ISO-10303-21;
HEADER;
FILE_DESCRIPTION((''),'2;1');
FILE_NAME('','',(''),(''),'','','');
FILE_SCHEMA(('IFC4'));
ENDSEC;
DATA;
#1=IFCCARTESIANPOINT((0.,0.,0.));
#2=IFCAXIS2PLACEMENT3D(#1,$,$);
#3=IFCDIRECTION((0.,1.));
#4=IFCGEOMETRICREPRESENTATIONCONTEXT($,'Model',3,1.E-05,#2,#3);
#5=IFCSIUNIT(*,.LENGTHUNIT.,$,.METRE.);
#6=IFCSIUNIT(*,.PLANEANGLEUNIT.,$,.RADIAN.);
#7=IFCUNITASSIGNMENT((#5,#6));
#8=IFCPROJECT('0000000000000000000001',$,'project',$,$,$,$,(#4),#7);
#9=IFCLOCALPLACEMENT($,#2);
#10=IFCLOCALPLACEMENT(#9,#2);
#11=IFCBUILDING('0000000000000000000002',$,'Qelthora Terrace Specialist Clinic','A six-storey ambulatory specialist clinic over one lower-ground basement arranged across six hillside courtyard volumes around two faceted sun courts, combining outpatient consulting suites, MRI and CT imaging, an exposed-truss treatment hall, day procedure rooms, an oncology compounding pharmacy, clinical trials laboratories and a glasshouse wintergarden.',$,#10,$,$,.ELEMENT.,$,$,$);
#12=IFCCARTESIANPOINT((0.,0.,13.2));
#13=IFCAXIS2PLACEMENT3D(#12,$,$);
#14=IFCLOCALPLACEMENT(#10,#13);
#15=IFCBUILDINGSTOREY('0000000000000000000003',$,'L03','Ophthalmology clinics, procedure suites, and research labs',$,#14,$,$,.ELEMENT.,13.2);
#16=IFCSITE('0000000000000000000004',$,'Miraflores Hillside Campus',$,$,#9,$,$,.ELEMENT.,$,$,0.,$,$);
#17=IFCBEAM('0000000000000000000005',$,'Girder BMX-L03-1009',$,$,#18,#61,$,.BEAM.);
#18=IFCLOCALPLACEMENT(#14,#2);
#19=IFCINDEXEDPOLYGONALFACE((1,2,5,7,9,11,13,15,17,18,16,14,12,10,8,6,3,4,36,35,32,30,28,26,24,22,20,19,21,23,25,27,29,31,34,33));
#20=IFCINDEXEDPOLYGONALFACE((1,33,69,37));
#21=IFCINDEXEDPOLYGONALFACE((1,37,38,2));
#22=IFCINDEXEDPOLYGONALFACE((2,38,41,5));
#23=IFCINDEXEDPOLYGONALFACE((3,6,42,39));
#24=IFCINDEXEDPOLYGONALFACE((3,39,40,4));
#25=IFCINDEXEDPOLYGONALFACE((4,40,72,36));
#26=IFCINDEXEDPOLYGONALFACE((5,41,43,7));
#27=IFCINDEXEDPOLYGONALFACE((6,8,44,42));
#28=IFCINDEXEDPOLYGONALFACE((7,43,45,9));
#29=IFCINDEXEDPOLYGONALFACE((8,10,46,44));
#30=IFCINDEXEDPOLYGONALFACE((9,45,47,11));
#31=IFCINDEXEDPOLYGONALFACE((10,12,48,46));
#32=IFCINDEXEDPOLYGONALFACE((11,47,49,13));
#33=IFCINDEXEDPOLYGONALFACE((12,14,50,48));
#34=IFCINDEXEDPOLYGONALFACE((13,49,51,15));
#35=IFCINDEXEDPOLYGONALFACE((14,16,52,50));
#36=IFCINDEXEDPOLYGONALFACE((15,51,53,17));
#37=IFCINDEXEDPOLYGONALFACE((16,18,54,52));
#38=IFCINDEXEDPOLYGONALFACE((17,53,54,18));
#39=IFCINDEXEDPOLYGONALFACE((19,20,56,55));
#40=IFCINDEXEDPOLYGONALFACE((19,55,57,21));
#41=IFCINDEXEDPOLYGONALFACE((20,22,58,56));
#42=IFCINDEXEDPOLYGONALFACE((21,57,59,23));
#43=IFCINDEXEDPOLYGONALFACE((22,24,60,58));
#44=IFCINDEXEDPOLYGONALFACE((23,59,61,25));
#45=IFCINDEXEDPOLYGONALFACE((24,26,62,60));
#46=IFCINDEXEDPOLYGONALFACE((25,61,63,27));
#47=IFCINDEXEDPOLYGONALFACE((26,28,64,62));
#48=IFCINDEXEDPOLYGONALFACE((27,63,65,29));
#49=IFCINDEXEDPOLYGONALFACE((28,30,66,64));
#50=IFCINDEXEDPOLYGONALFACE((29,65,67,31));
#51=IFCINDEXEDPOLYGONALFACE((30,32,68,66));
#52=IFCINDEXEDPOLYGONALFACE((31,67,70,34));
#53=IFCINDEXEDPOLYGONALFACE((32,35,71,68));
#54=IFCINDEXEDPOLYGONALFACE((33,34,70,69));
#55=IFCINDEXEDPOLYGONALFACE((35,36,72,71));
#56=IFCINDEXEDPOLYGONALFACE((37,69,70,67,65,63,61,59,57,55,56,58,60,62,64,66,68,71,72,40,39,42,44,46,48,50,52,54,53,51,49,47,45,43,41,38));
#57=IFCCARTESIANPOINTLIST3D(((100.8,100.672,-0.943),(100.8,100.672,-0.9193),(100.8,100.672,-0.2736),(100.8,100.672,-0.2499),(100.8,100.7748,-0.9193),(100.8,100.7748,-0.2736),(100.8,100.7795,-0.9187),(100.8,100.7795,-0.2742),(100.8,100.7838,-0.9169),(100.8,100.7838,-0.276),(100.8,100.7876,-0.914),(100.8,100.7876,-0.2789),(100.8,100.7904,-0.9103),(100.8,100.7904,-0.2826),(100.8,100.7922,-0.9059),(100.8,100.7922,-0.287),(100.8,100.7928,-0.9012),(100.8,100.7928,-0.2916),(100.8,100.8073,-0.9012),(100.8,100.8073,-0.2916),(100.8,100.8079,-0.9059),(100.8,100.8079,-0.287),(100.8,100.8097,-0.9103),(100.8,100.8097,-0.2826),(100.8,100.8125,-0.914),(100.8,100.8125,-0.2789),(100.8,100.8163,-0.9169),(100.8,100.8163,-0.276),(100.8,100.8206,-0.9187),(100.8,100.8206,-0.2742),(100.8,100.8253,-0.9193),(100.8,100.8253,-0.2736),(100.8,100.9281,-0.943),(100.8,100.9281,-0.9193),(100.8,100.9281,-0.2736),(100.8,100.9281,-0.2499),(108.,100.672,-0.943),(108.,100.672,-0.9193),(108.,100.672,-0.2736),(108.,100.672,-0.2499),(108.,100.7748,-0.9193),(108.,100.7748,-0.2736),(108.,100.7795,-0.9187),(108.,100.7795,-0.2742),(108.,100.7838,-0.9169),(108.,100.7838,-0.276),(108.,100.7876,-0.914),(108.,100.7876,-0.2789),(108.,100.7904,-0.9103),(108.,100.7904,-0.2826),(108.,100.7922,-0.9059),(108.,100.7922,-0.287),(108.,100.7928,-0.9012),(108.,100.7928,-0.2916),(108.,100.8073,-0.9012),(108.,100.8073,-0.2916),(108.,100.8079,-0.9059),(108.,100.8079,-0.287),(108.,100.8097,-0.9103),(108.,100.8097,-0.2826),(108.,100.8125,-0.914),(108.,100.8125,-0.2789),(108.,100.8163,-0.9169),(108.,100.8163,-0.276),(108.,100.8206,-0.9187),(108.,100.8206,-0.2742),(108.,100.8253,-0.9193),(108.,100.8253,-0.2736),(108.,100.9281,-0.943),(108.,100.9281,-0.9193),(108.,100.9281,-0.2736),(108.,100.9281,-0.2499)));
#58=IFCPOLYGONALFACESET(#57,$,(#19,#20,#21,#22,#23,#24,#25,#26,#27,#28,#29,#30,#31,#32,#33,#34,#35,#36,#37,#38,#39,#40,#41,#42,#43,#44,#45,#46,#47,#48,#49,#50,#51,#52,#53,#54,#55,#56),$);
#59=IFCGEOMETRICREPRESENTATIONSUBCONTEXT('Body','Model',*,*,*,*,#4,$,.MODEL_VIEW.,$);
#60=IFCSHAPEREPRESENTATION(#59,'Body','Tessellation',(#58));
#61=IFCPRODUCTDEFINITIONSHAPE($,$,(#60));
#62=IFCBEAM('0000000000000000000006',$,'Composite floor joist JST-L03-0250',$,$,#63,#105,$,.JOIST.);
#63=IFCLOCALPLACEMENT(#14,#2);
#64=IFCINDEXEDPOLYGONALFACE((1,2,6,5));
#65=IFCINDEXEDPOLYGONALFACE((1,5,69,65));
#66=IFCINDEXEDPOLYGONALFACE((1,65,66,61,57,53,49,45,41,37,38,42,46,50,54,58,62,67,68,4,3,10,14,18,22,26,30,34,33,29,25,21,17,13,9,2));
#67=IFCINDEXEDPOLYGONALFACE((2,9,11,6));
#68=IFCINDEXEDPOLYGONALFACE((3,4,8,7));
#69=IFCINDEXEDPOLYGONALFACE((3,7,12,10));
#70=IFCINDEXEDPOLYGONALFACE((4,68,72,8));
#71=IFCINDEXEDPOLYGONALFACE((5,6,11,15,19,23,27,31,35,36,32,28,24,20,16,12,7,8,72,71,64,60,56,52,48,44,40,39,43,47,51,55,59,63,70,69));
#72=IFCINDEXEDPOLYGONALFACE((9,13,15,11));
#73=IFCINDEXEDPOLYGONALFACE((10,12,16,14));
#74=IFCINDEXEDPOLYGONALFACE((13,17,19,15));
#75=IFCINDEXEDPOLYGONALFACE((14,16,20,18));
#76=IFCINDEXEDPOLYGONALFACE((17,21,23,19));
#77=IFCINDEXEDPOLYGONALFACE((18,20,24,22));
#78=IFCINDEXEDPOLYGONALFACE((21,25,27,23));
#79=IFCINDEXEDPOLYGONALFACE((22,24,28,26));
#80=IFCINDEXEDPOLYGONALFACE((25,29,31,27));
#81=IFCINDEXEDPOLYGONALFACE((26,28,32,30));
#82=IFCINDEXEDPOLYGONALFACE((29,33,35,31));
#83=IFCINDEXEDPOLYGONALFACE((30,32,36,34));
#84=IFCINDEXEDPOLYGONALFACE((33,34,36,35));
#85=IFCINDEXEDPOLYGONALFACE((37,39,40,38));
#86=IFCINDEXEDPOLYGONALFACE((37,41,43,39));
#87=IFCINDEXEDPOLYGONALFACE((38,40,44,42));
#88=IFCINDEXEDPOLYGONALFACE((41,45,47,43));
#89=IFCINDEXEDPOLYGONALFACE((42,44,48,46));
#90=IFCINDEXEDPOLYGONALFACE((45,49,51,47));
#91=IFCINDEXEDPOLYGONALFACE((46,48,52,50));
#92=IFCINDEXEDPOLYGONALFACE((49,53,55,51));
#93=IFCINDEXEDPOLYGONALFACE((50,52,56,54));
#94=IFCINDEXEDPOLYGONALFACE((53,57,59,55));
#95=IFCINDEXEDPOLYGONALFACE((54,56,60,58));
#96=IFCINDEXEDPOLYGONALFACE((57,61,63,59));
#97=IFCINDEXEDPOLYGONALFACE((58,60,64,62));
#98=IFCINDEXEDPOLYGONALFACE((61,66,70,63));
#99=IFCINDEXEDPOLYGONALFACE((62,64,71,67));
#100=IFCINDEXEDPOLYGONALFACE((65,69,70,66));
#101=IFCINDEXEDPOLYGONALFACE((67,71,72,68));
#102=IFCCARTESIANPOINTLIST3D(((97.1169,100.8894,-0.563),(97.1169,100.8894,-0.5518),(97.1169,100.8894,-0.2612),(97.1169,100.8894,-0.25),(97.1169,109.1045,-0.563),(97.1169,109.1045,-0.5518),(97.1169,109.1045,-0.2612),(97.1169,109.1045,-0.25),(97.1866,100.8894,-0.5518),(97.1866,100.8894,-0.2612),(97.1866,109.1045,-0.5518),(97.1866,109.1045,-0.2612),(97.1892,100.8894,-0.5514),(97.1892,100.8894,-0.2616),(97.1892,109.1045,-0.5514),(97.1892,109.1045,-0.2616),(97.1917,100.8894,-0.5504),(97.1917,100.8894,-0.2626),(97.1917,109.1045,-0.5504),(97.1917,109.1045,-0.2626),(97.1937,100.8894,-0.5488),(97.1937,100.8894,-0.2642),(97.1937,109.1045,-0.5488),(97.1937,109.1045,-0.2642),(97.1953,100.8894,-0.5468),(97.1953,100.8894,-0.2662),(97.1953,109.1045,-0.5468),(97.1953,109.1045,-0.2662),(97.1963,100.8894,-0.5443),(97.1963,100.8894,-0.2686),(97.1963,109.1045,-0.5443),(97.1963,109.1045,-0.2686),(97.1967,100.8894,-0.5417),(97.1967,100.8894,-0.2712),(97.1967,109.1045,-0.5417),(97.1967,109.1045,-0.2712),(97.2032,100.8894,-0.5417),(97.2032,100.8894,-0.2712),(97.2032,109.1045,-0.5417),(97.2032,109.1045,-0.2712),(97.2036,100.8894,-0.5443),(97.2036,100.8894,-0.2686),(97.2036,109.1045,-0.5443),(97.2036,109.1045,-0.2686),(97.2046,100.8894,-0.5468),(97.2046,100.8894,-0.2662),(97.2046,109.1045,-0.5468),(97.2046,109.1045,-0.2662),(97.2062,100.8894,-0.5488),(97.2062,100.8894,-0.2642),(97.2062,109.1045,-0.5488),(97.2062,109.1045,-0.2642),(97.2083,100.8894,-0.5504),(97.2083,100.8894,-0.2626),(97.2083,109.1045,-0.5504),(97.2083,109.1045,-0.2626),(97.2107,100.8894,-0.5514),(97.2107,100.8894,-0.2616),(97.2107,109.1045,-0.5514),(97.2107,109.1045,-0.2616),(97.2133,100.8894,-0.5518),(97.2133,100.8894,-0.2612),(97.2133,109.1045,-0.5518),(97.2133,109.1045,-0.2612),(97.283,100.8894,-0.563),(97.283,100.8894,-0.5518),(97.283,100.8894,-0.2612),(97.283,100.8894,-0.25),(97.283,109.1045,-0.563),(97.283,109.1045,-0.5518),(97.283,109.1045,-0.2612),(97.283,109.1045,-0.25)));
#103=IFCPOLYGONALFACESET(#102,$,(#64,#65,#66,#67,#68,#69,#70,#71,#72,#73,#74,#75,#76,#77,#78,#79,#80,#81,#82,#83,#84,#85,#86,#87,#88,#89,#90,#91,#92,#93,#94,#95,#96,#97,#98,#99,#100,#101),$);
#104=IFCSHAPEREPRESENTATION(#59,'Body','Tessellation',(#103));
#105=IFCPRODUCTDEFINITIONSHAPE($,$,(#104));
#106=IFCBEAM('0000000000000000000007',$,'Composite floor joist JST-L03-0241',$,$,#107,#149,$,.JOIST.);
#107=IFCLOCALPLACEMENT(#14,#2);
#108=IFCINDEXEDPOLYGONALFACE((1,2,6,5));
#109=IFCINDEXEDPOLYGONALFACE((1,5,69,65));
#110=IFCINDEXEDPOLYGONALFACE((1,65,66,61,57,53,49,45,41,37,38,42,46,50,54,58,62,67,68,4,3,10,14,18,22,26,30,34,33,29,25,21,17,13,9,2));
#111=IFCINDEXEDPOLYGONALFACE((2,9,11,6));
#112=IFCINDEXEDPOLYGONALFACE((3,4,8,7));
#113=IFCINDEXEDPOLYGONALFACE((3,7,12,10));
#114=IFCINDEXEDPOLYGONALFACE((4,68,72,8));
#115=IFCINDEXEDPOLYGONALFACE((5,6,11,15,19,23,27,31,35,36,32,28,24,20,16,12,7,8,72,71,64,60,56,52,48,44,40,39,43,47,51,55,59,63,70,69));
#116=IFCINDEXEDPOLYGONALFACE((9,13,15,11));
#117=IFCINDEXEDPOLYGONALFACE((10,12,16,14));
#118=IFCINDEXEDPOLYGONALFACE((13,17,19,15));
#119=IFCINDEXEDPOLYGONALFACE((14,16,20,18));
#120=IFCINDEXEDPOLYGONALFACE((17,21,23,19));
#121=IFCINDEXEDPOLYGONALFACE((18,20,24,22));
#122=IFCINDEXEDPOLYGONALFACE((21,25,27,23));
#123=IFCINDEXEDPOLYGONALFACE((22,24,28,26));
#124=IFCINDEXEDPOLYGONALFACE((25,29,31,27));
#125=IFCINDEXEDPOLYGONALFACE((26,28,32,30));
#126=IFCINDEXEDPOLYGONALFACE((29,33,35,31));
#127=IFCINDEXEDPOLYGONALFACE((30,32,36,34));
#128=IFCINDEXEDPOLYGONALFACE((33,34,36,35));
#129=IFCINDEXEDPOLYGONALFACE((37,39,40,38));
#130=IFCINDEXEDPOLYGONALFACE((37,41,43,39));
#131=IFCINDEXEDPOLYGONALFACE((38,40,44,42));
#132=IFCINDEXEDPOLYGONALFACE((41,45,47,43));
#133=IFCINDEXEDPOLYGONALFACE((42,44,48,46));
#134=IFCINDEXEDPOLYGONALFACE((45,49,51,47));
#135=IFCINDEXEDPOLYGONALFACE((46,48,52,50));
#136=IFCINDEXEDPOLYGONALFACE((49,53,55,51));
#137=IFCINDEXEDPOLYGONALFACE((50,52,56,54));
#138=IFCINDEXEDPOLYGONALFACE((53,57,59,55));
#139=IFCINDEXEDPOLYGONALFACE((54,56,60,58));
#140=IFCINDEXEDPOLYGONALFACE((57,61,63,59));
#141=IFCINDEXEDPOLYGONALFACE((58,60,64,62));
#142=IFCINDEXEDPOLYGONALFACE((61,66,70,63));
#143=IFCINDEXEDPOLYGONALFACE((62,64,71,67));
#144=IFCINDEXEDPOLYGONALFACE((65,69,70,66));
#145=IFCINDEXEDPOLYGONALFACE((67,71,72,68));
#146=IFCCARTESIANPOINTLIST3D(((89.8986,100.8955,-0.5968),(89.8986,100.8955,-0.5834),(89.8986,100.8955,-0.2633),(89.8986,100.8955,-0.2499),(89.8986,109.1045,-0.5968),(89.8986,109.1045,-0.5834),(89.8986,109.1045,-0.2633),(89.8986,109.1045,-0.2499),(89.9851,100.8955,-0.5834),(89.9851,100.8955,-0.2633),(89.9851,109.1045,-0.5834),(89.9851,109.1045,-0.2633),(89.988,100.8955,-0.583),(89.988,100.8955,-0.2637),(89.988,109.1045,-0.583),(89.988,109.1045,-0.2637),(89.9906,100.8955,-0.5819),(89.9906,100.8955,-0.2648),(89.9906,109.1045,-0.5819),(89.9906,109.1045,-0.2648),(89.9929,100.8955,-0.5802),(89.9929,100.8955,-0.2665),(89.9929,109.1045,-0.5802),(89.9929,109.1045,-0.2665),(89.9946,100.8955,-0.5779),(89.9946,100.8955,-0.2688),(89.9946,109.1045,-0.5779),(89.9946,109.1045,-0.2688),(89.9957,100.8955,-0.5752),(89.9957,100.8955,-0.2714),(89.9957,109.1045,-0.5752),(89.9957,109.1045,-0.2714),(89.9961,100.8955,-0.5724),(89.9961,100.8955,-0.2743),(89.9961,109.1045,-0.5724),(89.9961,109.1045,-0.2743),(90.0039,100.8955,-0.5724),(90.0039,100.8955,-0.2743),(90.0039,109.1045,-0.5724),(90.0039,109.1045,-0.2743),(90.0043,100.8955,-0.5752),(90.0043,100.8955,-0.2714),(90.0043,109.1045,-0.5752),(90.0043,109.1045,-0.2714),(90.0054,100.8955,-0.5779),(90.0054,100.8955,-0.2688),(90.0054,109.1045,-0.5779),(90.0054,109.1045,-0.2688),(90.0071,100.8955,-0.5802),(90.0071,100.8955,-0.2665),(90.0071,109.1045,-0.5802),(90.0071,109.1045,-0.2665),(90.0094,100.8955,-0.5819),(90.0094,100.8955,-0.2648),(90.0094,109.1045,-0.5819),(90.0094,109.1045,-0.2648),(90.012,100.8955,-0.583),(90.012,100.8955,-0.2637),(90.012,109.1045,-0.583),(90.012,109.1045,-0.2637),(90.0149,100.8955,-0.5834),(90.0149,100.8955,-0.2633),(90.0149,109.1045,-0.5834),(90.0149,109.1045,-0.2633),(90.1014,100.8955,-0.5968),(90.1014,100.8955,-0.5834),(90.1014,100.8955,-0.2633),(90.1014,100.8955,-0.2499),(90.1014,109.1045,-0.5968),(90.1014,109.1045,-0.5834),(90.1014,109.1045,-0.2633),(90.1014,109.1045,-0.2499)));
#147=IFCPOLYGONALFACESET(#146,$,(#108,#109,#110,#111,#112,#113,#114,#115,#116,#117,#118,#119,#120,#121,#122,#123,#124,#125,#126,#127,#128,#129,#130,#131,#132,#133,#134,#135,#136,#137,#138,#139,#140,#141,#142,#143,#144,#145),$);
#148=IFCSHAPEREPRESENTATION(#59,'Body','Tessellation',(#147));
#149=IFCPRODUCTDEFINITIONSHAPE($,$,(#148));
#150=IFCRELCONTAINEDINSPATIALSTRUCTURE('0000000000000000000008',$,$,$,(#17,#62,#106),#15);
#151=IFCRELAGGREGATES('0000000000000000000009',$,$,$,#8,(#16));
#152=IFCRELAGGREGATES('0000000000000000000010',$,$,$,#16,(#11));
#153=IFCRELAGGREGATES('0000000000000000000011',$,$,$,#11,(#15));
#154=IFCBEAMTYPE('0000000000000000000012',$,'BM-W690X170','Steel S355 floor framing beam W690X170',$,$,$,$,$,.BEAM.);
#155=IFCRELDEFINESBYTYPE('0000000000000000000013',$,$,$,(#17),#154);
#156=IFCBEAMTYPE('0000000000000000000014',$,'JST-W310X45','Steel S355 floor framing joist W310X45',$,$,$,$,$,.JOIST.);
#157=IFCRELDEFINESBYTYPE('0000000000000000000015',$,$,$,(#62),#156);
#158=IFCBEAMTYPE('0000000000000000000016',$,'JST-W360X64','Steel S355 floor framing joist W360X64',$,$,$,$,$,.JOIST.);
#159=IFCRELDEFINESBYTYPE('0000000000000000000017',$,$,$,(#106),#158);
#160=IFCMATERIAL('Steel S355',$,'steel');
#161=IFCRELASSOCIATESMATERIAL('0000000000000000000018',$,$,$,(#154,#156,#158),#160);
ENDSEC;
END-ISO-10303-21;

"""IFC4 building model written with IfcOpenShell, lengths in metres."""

from ifc_helpers import new_model, si_unit, direction, frame, origin, origin_2d, place, context, subcontext, project, spatial, i_section, extrude, material, material_profile, profile_set, type_object, element, save


model = new_model("IFC4")

# Units and contexts
model_context = context("Model", 3, precision=1e-05, world=origin(), true_north=direction((0.0, 1.0)))
body_context = subcontext(model_context, "Body", "Model", "MODEL_VIEW")
ifc_project = project(units=[si_unit("LENGTHUNIT", "METRE"), si_unit("PLANEANGLEUNIT", "RADIAN")], contexts=[model_context])

# Site, building, storey
site_placement = place(None, origin())
site = spatial("IfcSite", under=ifc_project, at=site_placement, Name="Miraflores Hillside Campus", CompositionType="ELEMENT", RefElevation=0.0)
building_placement = place(site_placement, origin())
building = spatial("IfcBuilding", under=site, at=building_placement, Name="Qelthora Terrace Specialist Clinic", Description="A six-storey ambulatory specialist clinic over one lower-ground basement arranged across six hillside courtyard volumes around two faceted sun courts, combining outpatient consulting suites, MRI and CT imaging, an exposed-truss treatment hall, day procedure rooms, an oncology compounding pharmacy, clinical trials laboratories and a glasshouse wintergarden.", CompositionType="ELEMENT")
storey_placement = place(building_placement, frame((0.0, 0.0, 13.2)))
storey = spatial("IfcBuildingStorey", under=building, at=storey_placement, Name="L03", Description="Ophthalmology clinics, procedure suites, and research labs", CompositionType="ELEMENT", Elevation=13.2)

# Shared definitions
ifc_material_1 = material(Name="Steel S355", Category="steel")

# Beams
ifc_material_profile_1 = material_profile(ifc_material_1, i_section(OverallWidth=0.2561, OverallDepth=0.6931, WebThickness=0.0144, FlangeThickness=0.0237, FilletRadius=0.0181, at=origin_2d()), Name="W690X170")
ifc_profile_set_1 = profile_set([ifc_material_profile_1], Name="Steel S355")
beam_type_1 = type_object("IfcBeamType", Name="BM-W690X170", Description="Steel S355 floor framing beam W690X170", PredefinedType="BEAM", material=ifc_profile_set_1)
beam_1_placement = place(storey_placement, frame((100.8, 100.8, -0.5964), z_axis=(1.0, 0.0, 0.0), x_axis=(0.0, 1.0, 0.0)))
element("IfcBeam", 1, at=beam_1_placement, inside=storey, type_object=beam_type_1, Name="Girder BMX-L03-1009", PredefinedType="BEAM", context=body_context, shape_type="SweptSolid", body=[
    extrude(i_section(OverallWidth=0.2561, OverallDepth=0.6931, WebThickness=0.0144, FlangeThickness=0.0237, FilletRadius=0.0181, at=origin_2d()), origin(), (0.0, 0.0, 1.0), 7.2),
])
ifc_material_profile_2 = material_profile(ifc_material_1, i_section(OverallWidth=0.166, OverallDepth=0.313, WebThickness=0.0066, FlangeThickness=0.0112, FilletRadius=0.01, at=origin_2d()), Name="W310X45")
ifc_profile_set_2 = profile_set([ifc_material_profile_2], Name="Steel S355")
beam_type_2 = type_object("IfcBeamType", Name="JST-W310X45", Description="Steel S355 floor framing joist W310X45", PredefinedType="JOIST", material=ifc_profile_set_2)
beam_2_placement = place(storey_placement, frame((97.2, 100.8894, -0.4065), z_axis=(0.0, 1.0, 0.0), x_axis=(-1.0, 0.0, 0.0)))
element("IfcBeam", 2, at=beam_2_placement, inside=storey, type_object=beam_type_2, Name="Composite floor joist JST-L03-0250", PredefinedType="JOIST", context=body_context, shape_type="SweptSolid", body=[
    extrude(i_section(OverallWidth=0.166, OverallDepth=0.313, WebThickness=0.0066, FlangeThickness=0.0112, FilletRadius=0.01, at=origin_2d()), origin(), (0.0, 0.0, 1.0), 8.2151),
])
ifc_material_profile_3 = material_profile(ifc_material_1, i_section(OverallWidth=0.2029, OverallDepth=0.3469, WebThickness=0.0078, FlangeThickness=0.0134, FilletRadius=0.011, at=origin_2d()), Name="W360X64")
ifc_profile_set_3 = profile_set([ifc_material_profile_3], Name="Steel S355")
beam_type_3 = type_object("IfcBeamType", Name="JST-W360X64", Description="Steel S355 floor framing joist W360X64", PredefinedType="JOIST", material=ifc_profile_set_3)
beam_3_placement = place(storey_placement, frame((90.0, 100.8955, -0.4233), z_axis=(0.0, 1.0, 0.0), x_axis=(-1.0, 0.0, 0.0)))
element("IfcBeam", 3, at=beam_3_placement, inside=storey, type_object=beam_type_3, Name="Composite floor joist JST-L03-0241", PredefinedType="JOIST", context=body_context, shape_type="SweptSolid", body=[
    extrude(i_section(OverallWidth=0.2029, OverallDepth=0.3469, WebThickness=0.0078, FlangeThickness=0.0134, FilletRadius=0.011, at=origin_2d()), origin(), (0.0, 0.0, 1.0), 8.209),
])

save(model, "model.ifc")
